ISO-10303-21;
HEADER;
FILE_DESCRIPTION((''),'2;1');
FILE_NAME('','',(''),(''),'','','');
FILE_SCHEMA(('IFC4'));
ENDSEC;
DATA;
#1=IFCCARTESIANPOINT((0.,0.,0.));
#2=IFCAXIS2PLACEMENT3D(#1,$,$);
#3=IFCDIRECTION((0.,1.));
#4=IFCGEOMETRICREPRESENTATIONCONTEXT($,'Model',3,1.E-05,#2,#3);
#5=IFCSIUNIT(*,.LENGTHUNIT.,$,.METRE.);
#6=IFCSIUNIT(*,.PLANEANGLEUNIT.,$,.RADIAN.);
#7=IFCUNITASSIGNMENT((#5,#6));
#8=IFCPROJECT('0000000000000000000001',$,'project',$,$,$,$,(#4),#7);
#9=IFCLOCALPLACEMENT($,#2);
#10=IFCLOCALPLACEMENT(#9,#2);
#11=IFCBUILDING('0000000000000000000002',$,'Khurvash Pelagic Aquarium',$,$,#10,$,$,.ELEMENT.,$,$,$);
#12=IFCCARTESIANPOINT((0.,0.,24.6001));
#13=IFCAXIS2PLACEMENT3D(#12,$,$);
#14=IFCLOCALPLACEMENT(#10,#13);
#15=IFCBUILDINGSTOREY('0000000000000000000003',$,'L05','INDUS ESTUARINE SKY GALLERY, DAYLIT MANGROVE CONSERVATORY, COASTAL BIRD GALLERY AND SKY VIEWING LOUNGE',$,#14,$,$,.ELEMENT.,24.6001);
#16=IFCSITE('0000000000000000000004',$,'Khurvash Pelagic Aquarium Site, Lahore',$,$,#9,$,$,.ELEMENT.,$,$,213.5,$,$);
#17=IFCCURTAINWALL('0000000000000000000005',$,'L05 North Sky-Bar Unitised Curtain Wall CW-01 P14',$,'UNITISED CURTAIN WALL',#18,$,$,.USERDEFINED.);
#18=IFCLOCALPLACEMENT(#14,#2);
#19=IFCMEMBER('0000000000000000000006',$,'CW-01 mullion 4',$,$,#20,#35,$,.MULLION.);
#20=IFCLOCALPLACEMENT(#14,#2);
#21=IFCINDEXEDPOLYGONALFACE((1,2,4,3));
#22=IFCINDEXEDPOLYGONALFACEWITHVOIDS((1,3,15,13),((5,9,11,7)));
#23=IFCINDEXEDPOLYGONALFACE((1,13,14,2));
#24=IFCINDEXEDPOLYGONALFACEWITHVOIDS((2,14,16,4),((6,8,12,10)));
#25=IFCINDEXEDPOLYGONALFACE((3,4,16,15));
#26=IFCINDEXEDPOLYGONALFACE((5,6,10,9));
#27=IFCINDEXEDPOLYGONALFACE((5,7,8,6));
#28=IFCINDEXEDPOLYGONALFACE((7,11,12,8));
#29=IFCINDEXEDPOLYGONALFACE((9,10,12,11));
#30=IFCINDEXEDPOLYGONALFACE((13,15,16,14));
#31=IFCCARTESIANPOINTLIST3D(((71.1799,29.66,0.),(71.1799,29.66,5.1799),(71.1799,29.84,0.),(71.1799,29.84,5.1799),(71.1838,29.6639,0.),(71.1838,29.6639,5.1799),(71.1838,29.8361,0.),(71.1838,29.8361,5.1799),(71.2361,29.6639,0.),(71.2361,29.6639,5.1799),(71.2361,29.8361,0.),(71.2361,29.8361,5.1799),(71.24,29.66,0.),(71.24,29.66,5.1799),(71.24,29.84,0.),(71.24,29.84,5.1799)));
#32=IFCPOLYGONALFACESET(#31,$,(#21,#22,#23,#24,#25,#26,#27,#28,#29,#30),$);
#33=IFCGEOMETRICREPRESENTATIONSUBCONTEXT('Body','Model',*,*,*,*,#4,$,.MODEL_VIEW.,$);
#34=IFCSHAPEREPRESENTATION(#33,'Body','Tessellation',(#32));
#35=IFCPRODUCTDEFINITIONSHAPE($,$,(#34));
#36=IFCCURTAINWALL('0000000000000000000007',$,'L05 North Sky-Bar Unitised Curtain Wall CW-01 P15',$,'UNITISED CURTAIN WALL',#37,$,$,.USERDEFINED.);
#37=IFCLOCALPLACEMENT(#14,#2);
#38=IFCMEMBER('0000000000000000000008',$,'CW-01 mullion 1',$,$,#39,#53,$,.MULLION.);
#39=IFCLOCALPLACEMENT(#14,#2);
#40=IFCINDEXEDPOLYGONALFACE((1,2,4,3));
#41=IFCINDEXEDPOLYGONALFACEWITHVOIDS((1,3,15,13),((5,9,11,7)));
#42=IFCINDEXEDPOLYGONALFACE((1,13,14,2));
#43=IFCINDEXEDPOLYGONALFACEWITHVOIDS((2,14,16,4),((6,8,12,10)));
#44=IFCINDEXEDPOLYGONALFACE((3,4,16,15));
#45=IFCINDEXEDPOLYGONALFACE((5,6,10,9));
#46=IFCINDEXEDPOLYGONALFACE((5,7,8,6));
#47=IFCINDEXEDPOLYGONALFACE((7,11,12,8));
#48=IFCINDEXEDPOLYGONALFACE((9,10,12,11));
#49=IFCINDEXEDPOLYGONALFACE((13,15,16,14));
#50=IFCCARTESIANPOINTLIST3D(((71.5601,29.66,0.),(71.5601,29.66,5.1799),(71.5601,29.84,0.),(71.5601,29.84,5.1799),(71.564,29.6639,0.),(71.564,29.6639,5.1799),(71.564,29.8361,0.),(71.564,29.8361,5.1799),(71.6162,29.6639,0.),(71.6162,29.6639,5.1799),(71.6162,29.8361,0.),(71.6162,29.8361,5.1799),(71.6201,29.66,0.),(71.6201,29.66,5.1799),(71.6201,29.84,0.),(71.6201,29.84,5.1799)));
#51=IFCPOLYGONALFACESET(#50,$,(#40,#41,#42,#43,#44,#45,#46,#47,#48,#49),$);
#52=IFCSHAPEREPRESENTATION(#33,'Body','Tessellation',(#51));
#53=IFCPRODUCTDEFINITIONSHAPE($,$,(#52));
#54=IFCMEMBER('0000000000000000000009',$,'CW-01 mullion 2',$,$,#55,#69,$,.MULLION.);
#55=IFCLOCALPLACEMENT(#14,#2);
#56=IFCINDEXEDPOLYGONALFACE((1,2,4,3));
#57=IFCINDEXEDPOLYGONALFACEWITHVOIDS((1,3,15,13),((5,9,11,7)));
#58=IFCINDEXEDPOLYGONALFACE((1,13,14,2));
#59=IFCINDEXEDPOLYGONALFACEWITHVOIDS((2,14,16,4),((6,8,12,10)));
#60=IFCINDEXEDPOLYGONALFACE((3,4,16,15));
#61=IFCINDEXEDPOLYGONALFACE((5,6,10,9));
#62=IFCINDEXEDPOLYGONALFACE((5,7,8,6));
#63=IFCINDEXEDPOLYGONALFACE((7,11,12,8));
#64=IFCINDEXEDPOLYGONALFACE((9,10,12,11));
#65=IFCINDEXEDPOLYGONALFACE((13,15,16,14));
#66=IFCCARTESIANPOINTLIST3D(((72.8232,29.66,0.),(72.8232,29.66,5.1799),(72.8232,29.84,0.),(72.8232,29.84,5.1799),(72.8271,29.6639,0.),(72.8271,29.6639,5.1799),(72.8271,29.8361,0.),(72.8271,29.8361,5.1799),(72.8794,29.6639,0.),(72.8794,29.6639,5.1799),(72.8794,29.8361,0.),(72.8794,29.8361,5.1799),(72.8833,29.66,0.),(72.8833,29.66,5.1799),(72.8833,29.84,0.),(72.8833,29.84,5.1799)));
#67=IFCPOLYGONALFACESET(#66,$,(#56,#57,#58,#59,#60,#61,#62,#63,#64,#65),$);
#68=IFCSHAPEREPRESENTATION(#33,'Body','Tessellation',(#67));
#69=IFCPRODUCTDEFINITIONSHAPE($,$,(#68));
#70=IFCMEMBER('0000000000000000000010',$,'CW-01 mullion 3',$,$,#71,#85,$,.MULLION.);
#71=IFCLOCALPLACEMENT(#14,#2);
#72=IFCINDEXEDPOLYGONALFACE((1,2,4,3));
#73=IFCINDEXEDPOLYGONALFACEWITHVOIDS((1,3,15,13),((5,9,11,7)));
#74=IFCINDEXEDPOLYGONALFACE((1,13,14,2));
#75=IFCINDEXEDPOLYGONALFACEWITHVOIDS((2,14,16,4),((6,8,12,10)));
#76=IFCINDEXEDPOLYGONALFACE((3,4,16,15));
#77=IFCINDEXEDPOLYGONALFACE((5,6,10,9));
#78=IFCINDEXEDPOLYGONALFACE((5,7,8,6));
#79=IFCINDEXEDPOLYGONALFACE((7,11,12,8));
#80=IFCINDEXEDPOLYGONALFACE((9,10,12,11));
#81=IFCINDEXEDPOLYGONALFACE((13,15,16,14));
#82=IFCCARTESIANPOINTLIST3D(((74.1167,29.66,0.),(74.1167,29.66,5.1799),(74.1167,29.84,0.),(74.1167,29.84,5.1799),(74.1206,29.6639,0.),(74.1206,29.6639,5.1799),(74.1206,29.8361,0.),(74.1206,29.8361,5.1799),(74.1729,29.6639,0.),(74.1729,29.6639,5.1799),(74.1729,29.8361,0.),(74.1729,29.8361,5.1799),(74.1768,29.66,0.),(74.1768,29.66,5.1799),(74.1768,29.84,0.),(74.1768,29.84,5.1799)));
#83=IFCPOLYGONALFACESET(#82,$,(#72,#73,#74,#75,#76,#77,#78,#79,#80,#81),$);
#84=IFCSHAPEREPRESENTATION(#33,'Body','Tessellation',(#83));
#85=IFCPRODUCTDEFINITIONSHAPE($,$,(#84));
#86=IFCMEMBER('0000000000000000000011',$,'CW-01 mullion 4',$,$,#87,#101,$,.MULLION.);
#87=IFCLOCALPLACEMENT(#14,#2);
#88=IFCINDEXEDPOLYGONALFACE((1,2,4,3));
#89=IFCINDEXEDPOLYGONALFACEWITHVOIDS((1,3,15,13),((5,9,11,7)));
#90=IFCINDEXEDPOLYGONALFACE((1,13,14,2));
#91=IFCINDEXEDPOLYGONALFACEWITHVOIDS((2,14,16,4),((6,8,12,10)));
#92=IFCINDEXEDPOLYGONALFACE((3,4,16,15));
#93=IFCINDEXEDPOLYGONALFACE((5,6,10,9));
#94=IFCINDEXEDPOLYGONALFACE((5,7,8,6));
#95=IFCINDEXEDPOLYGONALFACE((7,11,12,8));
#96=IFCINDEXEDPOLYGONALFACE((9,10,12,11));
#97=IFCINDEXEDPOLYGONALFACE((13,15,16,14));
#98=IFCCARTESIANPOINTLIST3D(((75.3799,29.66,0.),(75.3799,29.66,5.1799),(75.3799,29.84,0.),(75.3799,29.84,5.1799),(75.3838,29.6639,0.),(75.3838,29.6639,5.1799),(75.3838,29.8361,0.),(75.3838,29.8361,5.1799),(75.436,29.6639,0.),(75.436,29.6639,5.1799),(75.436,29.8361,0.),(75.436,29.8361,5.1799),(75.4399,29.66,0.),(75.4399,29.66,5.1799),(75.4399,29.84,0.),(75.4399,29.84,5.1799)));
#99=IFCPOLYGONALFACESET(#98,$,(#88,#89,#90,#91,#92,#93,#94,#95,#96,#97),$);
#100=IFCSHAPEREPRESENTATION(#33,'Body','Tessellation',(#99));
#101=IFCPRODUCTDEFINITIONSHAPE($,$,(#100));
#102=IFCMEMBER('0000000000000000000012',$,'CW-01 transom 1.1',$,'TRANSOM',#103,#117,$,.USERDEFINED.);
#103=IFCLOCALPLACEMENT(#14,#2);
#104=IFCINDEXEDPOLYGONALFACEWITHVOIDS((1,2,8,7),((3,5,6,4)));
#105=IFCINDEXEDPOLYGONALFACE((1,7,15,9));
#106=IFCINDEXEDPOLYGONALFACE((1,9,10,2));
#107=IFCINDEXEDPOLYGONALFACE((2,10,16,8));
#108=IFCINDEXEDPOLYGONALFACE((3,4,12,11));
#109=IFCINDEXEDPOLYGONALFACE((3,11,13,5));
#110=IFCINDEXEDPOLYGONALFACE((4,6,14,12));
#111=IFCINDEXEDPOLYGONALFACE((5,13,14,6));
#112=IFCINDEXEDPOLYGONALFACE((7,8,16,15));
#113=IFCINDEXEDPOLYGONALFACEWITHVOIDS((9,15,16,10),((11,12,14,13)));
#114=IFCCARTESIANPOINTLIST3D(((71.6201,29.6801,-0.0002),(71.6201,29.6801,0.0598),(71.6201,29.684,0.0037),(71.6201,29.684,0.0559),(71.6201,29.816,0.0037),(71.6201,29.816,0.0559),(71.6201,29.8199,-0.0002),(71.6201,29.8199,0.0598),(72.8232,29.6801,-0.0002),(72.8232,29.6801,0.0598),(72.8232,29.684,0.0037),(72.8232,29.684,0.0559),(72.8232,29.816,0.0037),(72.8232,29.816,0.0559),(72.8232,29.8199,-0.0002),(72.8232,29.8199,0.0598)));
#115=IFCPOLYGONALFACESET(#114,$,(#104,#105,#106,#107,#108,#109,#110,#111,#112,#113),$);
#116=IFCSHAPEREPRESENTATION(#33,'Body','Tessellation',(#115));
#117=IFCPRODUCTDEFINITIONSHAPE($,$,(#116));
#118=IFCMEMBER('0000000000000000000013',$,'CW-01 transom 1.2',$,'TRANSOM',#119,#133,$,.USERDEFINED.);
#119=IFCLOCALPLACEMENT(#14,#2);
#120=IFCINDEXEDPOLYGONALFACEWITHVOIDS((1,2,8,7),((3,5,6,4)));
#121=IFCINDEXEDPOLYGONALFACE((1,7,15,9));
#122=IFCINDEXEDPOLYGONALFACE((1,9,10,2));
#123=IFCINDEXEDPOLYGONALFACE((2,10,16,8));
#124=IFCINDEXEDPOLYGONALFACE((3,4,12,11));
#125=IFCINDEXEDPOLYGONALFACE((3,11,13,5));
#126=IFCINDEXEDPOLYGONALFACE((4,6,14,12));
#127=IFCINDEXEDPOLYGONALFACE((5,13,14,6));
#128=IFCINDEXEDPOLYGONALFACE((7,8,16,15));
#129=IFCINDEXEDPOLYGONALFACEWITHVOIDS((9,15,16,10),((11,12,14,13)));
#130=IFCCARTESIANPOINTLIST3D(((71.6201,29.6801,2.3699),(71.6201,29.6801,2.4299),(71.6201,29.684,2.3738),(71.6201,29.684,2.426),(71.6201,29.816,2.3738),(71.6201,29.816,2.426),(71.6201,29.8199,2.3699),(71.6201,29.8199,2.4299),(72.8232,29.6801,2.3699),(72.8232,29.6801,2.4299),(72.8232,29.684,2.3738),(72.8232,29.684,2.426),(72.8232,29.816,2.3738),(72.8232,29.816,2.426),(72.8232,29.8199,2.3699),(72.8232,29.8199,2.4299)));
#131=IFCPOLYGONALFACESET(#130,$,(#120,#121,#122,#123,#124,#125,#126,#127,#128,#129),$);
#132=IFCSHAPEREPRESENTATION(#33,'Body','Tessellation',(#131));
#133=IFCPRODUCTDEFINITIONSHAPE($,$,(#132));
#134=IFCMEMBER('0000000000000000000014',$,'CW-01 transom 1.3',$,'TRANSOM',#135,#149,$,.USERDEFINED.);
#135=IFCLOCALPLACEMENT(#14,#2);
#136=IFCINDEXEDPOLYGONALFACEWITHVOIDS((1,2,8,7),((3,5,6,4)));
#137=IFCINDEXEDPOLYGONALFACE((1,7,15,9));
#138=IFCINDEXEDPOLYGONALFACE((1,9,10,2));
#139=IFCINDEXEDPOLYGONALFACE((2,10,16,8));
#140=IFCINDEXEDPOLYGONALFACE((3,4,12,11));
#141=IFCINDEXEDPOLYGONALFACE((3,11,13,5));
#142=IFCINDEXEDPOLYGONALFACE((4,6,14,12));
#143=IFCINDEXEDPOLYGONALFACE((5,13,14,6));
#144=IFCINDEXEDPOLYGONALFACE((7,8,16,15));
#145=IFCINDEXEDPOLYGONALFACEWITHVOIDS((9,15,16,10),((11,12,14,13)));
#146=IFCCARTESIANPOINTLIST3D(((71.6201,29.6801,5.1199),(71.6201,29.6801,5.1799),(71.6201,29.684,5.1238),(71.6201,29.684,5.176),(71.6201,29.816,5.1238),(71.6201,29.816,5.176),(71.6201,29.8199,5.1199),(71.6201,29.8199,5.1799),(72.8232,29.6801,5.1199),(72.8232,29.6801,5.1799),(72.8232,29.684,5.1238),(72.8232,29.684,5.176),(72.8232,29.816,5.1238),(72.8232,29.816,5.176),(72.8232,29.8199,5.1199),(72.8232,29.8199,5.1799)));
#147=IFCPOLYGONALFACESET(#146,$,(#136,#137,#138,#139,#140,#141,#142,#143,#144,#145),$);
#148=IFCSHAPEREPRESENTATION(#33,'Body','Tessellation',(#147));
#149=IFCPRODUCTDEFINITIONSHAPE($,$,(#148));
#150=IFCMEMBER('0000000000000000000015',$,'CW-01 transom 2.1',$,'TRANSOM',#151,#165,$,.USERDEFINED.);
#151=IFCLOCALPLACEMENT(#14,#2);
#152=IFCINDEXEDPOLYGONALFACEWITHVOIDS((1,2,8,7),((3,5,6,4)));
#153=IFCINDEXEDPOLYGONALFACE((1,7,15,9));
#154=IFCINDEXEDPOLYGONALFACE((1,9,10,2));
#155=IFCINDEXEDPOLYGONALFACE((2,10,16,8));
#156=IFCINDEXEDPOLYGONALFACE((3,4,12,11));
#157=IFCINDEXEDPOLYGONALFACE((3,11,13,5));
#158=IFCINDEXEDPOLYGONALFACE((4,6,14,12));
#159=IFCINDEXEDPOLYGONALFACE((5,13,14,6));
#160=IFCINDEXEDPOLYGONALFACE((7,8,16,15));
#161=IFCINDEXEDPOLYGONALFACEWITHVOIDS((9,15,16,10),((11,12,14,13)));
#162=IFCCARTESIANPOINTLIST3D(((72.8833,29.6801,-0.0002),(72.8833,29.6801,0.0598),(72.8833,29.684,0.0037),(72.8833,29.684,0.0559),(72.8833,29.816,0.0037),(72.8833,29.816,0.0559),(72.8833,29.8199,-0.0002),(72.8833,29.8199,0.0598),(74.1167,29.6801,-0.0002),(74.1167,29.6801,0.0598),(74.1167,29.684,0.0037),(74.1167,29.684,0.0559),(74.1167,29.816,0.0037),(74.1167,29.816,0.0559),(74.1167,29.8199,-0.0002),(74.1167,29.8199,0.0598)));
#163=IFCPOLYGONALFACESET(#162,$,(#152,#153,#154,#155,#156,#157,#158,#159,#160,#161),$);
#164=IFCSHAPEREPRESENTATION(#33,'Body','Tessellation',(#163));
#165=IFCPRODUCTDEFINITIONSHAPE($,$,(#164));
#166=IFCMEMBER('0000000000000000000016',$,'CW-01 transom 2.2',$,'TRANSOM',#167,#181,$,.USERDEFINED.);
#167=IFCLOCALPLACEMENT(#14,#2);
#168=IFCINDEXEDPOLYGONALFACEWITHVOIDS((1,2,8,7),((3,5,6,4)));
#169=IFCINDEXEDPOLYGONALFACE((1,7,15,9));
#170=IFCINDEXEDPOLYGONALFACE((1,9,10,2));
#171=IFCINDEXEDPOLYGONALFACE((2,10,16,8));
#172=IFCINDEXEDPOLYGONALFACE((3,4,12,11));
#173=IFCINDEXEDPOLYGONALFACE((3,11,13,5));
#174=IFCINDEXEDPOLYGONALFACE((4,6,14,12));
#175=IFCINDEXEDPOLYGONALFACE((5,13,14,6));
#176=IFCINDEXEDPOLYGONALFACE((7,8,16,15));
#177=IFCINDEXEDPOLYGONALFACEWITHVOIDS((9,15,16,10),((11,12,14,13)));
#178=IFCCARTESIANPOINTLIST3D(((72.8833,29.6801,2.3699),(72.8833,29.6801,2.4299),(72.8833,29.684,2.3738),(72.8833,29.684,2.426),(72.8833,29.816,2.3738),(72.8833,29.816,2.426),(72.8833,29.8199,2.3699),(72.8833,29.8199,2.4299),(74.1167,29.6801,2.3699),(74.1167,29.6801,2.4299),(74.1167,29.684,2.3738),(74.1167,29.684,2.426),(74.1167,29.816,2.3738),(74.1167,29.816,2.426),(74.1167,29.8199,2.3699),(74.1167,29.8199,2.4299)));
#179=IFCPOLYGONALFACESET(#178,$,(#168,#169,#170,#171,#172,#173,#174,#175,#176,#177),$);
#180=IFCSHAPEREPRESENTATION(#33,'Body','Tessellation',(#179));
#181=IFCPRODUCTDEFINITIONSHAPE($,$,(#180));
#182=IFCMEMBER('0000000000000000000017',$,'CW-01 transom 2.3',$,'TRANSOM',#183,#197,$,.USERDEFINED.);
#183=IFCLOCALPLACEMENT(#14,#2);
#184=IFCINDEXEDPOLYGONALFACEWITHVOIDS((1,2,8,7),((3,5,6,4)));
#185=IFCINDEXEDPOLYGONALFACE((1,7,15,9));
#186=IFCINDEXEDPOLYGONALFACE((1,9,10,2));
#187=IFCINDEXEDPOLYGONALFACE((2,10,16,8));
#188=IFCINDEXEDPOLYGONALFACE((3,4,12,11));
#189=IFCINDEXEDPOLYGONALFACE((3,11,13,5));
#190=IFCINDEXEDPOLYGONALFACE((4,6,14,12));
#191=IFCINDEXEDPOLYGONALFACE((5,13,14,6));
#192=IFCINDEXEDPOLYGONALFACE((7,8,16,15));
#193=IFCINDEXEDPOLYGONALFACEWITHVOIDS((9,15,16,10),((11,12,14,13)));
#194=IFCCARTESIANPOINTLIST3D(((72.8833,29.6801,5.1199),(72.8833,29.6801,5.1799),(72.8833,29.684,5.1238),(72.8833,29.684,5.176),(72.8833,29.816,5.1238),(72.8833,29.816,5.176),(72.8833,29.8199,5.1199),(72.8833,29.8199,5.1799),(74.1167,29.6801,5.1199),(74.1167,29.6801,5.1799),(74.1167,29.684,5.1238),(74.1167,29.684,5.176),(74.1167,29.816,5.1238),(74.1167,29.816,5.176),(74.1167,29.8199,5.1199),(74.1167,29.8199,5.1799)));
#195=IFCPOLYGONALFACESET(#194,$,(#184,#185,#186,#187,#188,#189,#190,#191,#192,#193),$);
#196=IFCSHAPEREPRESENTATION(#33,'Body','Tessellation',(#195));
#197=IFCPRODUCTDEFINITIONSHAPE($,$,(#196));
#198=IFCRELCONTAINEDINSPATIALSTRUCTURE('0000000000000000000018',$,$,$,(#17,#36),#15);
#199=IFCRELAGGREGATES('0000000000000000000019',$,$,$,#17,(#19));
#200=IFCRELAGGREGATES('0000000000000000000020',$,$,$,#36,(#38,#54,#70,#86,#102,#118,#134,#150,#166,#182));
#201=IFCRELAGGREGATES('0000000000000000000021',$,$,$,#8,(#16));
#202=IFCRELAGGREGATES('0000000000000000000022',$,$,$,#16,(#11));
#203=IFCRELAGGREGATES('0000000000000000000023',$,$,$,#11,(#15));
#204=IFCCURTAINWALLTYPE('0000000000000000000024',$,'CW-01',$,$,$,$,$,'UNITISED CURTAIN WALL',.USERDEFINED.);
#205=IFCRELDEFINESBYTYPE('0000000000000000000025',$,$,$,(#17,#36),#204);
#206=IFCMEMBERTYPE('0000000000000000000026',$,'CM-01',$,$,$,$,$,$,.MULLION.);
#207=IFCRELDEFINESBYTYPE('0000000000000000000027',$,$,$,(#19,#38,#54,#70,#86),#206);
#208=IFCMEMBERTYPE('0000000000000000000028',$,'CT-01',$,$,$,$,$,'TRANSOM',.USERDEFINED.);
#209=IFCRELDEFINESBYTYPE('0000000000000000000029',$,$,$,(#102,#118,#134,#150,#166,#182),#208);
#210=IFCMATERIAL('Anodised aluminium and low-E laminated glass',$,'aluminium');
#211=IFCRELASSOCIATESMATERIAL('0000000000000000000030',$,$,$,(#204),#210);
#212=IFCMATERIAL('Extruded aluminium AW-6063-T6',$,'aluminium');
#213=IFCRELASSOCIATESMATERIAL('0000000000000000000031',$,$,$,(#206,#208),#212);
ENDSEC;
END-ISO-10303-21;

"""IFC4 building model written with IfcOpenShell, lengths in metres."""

from ifc_helpers import new_model, si_unit, direction, frame, origin, origin_2d, place, context, subcontext, project, spatial, hollow_rectangle, extrude, material, material_profile, profile_set, type_object, element, aggregate, save


model = new_model("IFC4")

# Units and contexts
model_context = context("Model", 3, precision=1e-05, world=origin(), true_north=direction((0.0, 1.0)))
body_context = subcontext(model_context, "Body", "Model", "MODEL_VIEW")
ifc_project = project(units=[si_unit("LENGTHUNIT", "METRE"), si_unit("PLANEANGLEUNIT", "RADIAN")], contexts=[model_context])

# Site, building, storey
site_placement = place(None, origin())
site = spatial("IfcSite", under=ifc_project, at=site_placement, Name="Khurvash Pelagic Aquarium Site, Lahore", CompositionType="ELEMENT", RefElevation=213.5)
building_placement = place(site_placement, origin())
building = spatial("IfcBuilding", under=site, at=building_placement, Name="Khurvash Pelagic Aquarium", CompositionType="ELEMENT")
storey_placement = place(building_placement, frame((0.0, 0.0, 24.6001)))
storey = spatial("IfcBuildingStorey", under=building, at=storey_placement, Name="L05", Description="INDUS ESTUARINE SKY GALLERY, DAYLIT MANGROVE CONSERVATORY, COASTAL BIRD GALLERY AND SKY VIEWING LOUNGE", CompositionType="ELEMENT", Elevation=24.6001)

# Curtain wall, member
ifc_material_1 = material(Name="Anodised aluminium and low-E laminated glass", Category="aluminium")
curtain_wall_type = type_object("IfcCurtainWallType", Name="CW-01", ElementType="UNITISED CURTAIN WALL", PredefinedType="USERDEFINED", material=ifc_material_1)
curtain_wall_1_placement = place(storey_placement, origin())
curtain_wall_1 = element("IfcCurtainWall", 1, at=curtain_wall_1_placement, inside=storey, type_object=curtain_wall_type, Name="L05 North Sky-Bar Unitised Curtain Wall CW-01 P14", ObjectType="UNITISED CURTAIN WALL", PredefinedType="USERDEFINED")
ifc_material_2 = material(Name="Extruded aluminium AW-6063-T6", Category="aluminium")
ifc_material_profile_1 = material_profile(ifc_material_2, hollow_rectangle(XDim=0.0601, YDim=0.1799, WallThickness=0.0039, at=origin_2d()), Name="CWM60X180X4")
ifc_profile_set_1 = profile_set([ifc_material_profile_1], Name="Extruded aluminium AW-6063-T6")
member_type_1 = type_object("IfcMemberType", Name="CM-01", PredefinedType="MULLION", material=ifc_profile_set_1)
member_1_placement = place(storey_placement, frame((71.21, 29.75, 0.0), z_axis=(0.0, 0.0, 1.0), x_axis=(1.0, 0.0, 0.0)))
member_1 = element("IfcMember", 2, at=member_1_placement, type_object=member_type_1, Name="CW-01 mullion 4", PredefinedType="MULLION", context=body_context, shape_type="SweptSolid", body=[
    extrude(hollow_rectangle(XDim=0.0601, YDim=0.1799, WallThickness=0.0039, at=origin_2d()), origin(), (0.0, 0.0, 1.0), 5.1799),
])

# Curtain wall, members
curtain_wall_2_placement = place(storey_placement, origin())
curtain_wall_2 = element("IfcCurtainWall", 3, at=curtain_wall_2_placement, inside=storey, type_object=curtain_wall_type, Name="L05 North Sky-Bar Unitised Curtain Wall CW-01 P15", ObjectType="UNITISED CURTAIN WALL", PredefinedType="USERDEFINED")
member_2_placement = place(storey_placement, frame((71.5901, 29.75, 0.0), z_axis=(0.0, 0.0, 1.0), x_axis=(1.0, 0.0, 0.0)))
member_2 = element("IfcMember", 4, at=member_2_placement, type_object=member_type_1, Name="CW-01 mullion 1", PredefinedType="MULLION", context=body_context, shape_type="SweptSolid", body=[
    extrude(hollow_rectangle(XDim=0.0601, YDim=0.1799, WallThickness=0.0039, at=origin_2d()), origin(), (0.0, 0.0, 1.0), 5.1799),
])
member_3_placement = place(storey_placement, frame((72.8533, 29.75, 0.0), z_axis=(0.0, 0.0, 1.0), x_axis=(1.0, 0.0, 0.0)))
member_3 = element("IfcMember", 5, at=member_3_placement, type_object=member_type_1, Name="CW-01 mullion 2", PredefinedType="MULLION", context=body_context, shape_type="SweptSolid", body=[
    extrude(hollow_rectangle(XDim=0.0601, YDim=0.1799, WallThickness=0.0039, at=origin_2d()), origin(), (0.0, 0.0, 1.0), 5.1799),
])
member_4_placement = place(storey_placement, frame((74.1467, 29.75, 0.0), z_axis=(0.0, 0.0, 1.0), x_axis=(1.0, 0.0, 0.0)))
member_4 = element("IfcMember", 6, at=member_4_placement, type_object=member_type_1, Name="CW-01 mullion 3", PredefinedType="MULLION", context=body_context, shape_type="SweptSolid", body=[
    extrude(hollow_rectangle(XDim=0.0601, YDim=0.1799, WallThickness=0.0039, at=origin_2d()), origin(), (0.0, 0.0, 1.0), 5.1799),
])
member_5_placement = place(storey_placement, frame((75.4099, 29.75, 0.0), z_axis=(0.0, 0.0, 1.0), x_axis=(1.0, 0.0, 0.0)))
member_5 = element("IfcMember", 7, at=member_5_placement, type_object=member_type_1, Name="CW-01 mullion 4", PredefinedType="MULLION", context=body_context, shape_type="SweptSolid", body=[
    extrude(hollow_rectangle(XDim=0.0601, YDim=0.1799, WallThickness=0.0039, at=origin_2d()), origin(), (0.0, 0.0, 1.0), 5.1799),
])
ifc_material_profile_2 = material_profile(ifc_material_2, hollow_rectangle(XDim=0.1399, YDim=0.0601, WallThickness=0.0039, at=origin_2d()), Name="CWT140X60X4")
ifc_profile_set_2 = profile_set([ifc_material_profile_2], Name="Extruded aluminium AW-6063-T6")
member_type_2 = type_object("IfcMemberType", Name="CT-01", ElementType="TRANSOM", PredefinedType="USERDEFINED", material=ifc_profile_set_2)
member_6_placement = place(storey_placement, frame((71.6201, 29.75, 0.0298), z_axis=(1.0, 0.0, 0.0), x_axis=(0.0, 1.0, 0.0)))
member_6 = element("IfcMember", 8, at=member_6_placement, type_object=member_type_2, Name="CW-01 transom 1.1", ObjectType="TRANSOM", PredefinedType="USERDEFINED", context=body_context, shape_type="SweptSolid", body=[
    extrude(hollow_rectangle(XDim=0.1399, YDim=0.0601, WallThickness=0.0039, at=origin_2d()), origin(), (0.0, 0.0, 1.0), 1.2031),
])
member_7_placement = place(storey_placement, frame((71.6201, 29.75, 2.3999), z_axis=(1.0, 0.0, 0.0), x_axis=(0.0, 1.0, 0.0)))
member_7 = element("IfcMember", 9, at=member_7_placement, type_object=member_type_2, Name="CW-01 transom 1.2", ObjectType="TRANSOM", PredefinedType="USERDEFINED", context=body_context, shape_type="SweptSolid", body=[
    extrude(hollow_rectangle(XDim=0.1399, YDim=0.0601, WallThickness=0.0039, at=origin_2d()), origin(), (0.0, 0.0, 1.0), 1.2031),
])
member_8_placement = place(storey_placement, frame((71.6201, 29.75, 5.1499), z_axis=(1.0, 0.0, 0.0), x_axis=(0.0, 1.0, 0.0)))
member_8 = element("IfcMember", 10, at=member_8_placement, type_object=member_type_2, Name="CW-01 transom 1.3", ObjectType="TRANSOM", PredefinedType="USERDEFINED", context=body_context, shape_type="SweptSolid", body=[
    extrude(hollow_rectangle(XDim=0.1399, YDim=0.0601, WallThickness=0.0039, at=origin_2d()), origin(), (0.0, 0.0, 1.0), 1.2031),
])
member_9_placement = place(storey_placement, frame((72.8833, 29.75, 0.0298), z_axis=(1.0, 0.0, 0.0), x_axis=(0.0, 1.0, 0.0)))
member_9 = element("IfcMember", 11, at=member_9_placement, type_object=member_type_2, Name="CW-01 transom 2.1", ObjectType="TRANSOM", PredefinedType="USERDEFINED", context=body_context, shape_type="SweptSolid", body=[
    extrude(hollow_rectangle(XDim=0.1399, YDim=0.0601, WallThickness=0.0039, at=origin_2d()), origin(), (0.0, 0.0, 1.0), 1.2334),
])
member_10_placement = place(storey_placement, frame((72.8833, 29.75, 2.3999), z_axis=(1.0, 0.0, 0.0), x_axis=(0.0, 1.0, 0.0)))
member_10 = element("IfcMember", 12, at=member_10_placement, type_object=member_type_2, Name="CW-01 transom 2.2", ObjectType="TRANSOM", PredefinedType="USERDEFINED", context=body_context, shape_type="SweptSolid", body=[
    extrude(hollow_rectangle(XDim=0.1399, YDim=0.0601, WallThickness=0.0039, at=origin_2d()), origin(), (0.0, 0.0, 1.0), 1.2334),
])
member_11_placement = place(storey_placement, frame((72.8833, 29.75, 5.1499), z_axis=(1.0, 0.0, 0.0), x_axis=(0.0, 1.0, 0.0)))
member_11 = element("IfcMember", 13, at=member_11_placement, type_object=member_type_2, Name="CW-01 transom 2.3", ObjectType="TRANSOM", PredefinedType="USERDEFINED", context=body_context, shape_type="SweptSolid", body=[
    extrude(hollow_rectangle(XDim=0.1399, YDim=0.0601, WallThickness=0.0039, at=origin_2d()), origin(), (0.0, 0.0, 1.0), 1.2334),
])

aggregate(curtain_wall_1, [member_1])
aggregate(curtain_wall_2, [member_2, member_3, member_4, member_5, member_6, member_7, member_8, member_9, member_10, member_11])

save(model, "model.ifc")
